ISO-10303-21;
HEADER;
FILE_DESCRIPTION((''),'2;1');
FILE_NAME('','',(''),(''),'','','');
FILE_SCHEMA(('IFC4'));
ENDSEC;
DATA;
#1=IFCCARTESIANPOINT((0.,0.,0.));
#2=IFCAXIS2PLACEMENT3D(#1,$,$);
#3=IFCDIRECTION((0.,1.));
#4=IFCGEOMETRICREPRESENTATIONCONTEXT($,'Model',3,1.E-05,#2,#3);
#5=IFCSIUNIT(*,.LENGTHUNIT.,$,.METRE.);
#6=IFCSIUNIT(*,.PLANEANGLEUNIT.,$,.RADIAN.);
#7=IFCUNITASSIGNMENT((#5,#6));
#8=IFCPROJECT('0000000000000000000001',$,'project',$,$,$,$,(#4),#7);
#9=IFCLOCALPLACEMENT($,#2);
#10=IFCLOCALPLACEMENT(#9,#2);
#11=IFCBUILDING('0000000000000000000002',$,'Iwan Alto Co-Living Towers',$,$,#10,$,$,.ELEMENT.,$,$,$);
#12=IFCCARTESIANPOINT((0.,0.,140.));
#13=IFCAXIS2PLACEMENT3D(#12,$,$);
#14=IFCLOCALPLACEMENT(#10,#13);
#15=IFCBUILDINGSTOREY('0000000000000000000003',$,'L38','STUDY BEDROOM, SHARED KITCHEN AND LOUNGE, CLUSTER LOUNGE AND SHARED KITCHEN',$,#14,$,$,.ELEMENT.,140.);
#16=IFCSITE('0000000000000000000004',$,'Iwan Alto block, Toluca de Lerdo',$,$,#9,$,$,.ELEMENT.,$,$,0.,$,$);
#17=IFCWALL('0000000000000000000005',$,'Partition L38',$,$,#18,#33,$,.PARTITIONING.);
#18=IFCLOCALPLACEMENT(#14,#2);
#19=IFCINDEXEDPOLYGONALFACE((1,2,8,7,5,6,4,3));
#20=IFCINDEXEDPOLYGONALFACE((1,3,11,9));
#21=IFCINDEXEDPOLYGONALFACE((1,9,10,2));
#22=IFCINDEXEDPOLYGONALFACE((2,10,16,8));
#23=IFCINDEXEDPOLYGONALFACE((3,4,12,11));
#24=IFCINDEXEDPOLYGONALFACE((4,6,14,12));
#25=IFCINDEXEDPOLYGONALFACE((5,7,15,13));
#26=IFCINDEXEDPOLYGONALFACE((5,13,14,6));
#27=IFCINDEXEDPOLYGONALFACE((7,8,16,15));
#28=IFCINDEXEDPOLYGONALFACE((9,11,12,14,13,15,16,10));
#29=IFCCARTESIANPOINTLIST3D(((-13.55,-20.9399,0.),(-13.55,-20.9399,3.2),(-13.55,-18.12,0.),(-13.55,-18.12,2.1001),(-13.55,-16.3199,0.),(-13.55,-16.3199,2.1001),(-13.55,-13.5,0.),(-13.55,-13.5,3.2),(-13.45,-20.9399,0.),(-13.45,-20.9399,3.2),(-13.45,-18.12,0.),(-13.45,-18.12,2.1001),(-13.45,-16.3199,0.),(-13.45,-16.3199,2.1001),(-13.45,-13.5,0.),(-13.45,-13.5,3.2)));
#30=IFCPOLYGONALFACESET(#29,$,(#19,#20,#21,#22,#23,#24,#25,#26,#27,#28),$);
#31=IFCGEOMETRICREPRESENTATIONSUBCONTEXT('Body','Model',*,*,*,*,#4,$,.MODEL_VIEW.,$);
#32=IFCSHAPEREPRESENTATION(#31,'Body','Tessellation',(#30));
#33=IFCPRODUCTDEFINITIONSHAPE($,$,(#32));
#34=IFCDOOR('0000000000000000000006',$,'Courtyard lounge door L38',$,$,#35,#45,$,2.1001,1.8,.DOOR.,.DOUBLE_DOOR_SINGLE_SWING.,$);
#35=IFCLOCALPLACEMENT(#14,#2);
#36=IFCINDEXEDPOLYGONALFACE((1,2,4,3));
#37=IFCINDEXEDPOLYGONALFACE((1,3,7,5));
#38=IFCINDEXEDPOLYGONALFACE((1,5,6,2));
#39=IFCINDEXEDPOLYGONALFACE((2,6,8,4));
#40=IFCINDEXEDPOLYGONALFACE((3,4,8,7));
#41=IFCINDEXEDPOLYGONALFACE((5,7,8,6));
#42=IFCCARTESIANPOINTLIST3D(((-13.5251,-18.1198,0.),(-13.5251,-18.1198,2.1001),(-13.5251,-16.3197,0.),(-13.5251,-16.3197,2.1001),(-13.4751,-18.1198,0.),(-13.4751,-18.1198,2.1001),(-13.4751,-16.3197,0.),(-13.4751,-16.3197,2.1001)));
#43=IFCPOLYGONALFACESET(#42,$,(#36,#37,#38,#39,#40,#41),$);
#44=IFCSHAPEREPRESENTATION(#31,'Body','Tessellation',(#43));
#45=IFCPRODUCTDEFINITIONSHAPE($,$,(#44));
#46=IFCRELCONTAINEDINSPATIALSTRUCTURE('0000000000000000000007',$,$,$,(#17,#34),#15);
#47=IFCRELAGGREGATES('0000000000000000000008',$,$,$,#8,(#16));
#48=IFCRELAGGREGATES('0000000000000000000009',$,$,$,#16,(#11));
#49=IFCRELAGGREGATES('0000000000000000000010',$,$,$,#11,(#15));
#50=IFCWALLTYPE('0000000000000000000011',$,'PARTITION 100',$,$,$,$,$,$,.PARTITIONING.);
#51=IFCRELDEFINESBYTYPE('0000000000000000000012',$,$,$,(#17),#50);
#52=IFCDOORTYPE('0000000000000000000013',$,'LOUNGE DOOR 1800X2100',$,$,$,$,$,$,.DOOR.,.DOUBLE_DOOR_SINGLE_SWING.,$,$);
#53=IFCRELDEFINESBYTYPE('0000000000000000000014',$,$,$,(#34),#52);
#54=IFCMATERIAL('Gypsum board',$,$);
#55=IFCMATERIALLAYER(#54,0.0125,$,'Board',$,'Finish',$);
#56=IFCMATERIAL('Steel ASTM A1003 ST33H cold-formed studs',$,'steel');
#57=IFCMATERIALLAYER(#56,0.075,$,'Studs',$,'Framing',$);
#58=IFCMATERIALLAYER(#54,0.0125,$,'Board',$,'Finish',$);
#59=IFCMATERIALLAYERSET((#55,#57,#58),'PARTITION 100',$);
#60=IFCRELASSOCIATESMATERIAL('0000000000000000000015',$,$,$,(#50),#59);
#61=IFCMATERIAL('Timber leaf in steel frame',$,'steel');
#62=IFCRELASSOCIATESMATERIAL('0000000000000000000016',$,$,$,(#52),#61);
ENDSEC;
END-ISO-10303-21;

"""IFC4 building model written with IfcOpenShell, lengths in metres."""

from ifc_helpers import new_model, si_unit, direction, frame, frame_2d, origin, place, context, subcontext, project, spatial, rectangle, extrude, material, layer, layer_set, type_object, element, fill, save


model = new_model("IFC4")

# Units and contexts
model_context = context("Model", 3, precision=1e-05, world=origin(), true_north=direction((0.0, 1.0)))
body_context = subcontext(model_context, "Body", "Model", "MODEL_VIEW")
ifc_project = project(units=[si_unit("LENGTHUNIT", "METRE"), si_unit("PLANEANGLEUNIT", "RADIAN")], contexts=[model_context])

# Site, building, storey
site_placement = place(None, origin())
site = spatial("IfcSite", under=ifc_project, at=site_placement, Name="Iwan Alto block, Toluca de Lerdo", CompositionType="ELEMENT", RefElevation=0.0)
building_placement = place(site_placement, origin())
building = spatial("IfcBuilding", under=site, at=building_placement, Name="Iwan Alto Co-Living Towers", CompositionType="ELEMENT")
storey_placement = place(building_placement, frame((0.0, 0.0, 140.0)))
storey = spatial("IfcBuildingStorey", under=building, at=storey_placement, Name="L38", Description="STUDY BEDROOM, SHARED KITCHEN AND LOUNGE, CLUSTER LOUNGE AND SHARED KITCHEN", CompositionType="ELEMENT", Elevation=140.0)

# Wall, opening, door
ifc_material_1 = material(Name="Gypsum board")
ifc_layer_1 = layer(ifc_material_1, 0.0125, Name="Board", Category="Finish")
ifc_material_2 = material(Name="Steel ASTM A1003 ST33H cold-formed studs", Category="steel")
ifc_layer_2 = layer(ifc_material_2, 0.075, Name="Studs", Category="Framing")
ifc_layer_3 = layer(ifc_material_1, 0.0125, Name="Board", Category="Finish")
ifc_layer_set_1 = layer_set([ifc_layer_1, ifc_layer_2, ifc_layer_3], Name="PARTITION 100")
wall_type = type_object("IfcWallType", Name="PARTITION 100", PredefinedType="PARTITIONING", material=ifc_layer_set_1)
wall_placement = place(storey_placement, frame((-13.5, -20.9399, 0.0), z_axis=(0.0, 0.0, 1.0), x_axis=(0.0, 1.0, 0.0)))
wall = element("IfcWall", 1, at=wall_placement, inside=storey, type_object=wall_type, Name="Partition L38", PredefinedType="PARTITIONING", context=body_context, shape_type="SweptSolid", body=[
    extrude(rectangle(XDim=7.4399, YDim=0.1001, at=frame_2d((3.72, 0.0))), origin(), (0.0, 0.0, 1.0), 3.2),
])
opening_placement = place(wall_placement, frame((2.8201, 0.0, 0.0)))
opening = element("IfcOpeningElement", 2, at=opening_placement, cuts=wall, PredefinedType="OPENING", context=body_context, shape_type="SweptSolid", body=[
    extrude(rectangle(XDim=1.8, YDim=2.1001, at=frame_2d((0.8999, 1.05))), frame((0.0, 0.0601, 0.0), z_axis=(0.0, -1.0, 0.0), x_axis=(1.0, 0.0, 0.0)), (0.0, 0.0, 1.0), 0.1201),
])
ifc_material_3 = material(Name="Timber leaf in steel frame", Category="steel")
door_type = type_object("IfcDoorType", Name="LOUNGE DOOR 1800X2100", OperationType="DOUBLE_DOOR_SINGLE_SWING", PredefinedType="DOOR", material=ifc_material_3)
door_placement = place(opening_placement, frame((1.8, 0.0, 0.0), z_axis=(0.0, 0.0, 1.0), x_axis=(-1.0, 0.0, 0.0)))
door = element("IfcDoor", 3, at=door_placement, inside=storey, type_object=door_type, Name="Courtyard lounge door L38", OperationType="DOUBLE_DOOR_SINGLE_SWING", OverallHeight=2.1001, OverallWidth=1.8, PredefinedType="DOOR", context=body_context, shape_type="SweptSolid", body=[
    extrude(rectangle(XDim=1.8, YDim=2.1001, at=frame_2d((0.8999, 1.05))), frame((0.0, 0.0249, 0.0), z_axis=(0.0, -1.0, 0.0), x_axis=(1.0, 0.0, 0.0)), (0.0, 0.0, 1.0), 0.05),
])
fill(opening, door)

save(model, "model.ifc")
